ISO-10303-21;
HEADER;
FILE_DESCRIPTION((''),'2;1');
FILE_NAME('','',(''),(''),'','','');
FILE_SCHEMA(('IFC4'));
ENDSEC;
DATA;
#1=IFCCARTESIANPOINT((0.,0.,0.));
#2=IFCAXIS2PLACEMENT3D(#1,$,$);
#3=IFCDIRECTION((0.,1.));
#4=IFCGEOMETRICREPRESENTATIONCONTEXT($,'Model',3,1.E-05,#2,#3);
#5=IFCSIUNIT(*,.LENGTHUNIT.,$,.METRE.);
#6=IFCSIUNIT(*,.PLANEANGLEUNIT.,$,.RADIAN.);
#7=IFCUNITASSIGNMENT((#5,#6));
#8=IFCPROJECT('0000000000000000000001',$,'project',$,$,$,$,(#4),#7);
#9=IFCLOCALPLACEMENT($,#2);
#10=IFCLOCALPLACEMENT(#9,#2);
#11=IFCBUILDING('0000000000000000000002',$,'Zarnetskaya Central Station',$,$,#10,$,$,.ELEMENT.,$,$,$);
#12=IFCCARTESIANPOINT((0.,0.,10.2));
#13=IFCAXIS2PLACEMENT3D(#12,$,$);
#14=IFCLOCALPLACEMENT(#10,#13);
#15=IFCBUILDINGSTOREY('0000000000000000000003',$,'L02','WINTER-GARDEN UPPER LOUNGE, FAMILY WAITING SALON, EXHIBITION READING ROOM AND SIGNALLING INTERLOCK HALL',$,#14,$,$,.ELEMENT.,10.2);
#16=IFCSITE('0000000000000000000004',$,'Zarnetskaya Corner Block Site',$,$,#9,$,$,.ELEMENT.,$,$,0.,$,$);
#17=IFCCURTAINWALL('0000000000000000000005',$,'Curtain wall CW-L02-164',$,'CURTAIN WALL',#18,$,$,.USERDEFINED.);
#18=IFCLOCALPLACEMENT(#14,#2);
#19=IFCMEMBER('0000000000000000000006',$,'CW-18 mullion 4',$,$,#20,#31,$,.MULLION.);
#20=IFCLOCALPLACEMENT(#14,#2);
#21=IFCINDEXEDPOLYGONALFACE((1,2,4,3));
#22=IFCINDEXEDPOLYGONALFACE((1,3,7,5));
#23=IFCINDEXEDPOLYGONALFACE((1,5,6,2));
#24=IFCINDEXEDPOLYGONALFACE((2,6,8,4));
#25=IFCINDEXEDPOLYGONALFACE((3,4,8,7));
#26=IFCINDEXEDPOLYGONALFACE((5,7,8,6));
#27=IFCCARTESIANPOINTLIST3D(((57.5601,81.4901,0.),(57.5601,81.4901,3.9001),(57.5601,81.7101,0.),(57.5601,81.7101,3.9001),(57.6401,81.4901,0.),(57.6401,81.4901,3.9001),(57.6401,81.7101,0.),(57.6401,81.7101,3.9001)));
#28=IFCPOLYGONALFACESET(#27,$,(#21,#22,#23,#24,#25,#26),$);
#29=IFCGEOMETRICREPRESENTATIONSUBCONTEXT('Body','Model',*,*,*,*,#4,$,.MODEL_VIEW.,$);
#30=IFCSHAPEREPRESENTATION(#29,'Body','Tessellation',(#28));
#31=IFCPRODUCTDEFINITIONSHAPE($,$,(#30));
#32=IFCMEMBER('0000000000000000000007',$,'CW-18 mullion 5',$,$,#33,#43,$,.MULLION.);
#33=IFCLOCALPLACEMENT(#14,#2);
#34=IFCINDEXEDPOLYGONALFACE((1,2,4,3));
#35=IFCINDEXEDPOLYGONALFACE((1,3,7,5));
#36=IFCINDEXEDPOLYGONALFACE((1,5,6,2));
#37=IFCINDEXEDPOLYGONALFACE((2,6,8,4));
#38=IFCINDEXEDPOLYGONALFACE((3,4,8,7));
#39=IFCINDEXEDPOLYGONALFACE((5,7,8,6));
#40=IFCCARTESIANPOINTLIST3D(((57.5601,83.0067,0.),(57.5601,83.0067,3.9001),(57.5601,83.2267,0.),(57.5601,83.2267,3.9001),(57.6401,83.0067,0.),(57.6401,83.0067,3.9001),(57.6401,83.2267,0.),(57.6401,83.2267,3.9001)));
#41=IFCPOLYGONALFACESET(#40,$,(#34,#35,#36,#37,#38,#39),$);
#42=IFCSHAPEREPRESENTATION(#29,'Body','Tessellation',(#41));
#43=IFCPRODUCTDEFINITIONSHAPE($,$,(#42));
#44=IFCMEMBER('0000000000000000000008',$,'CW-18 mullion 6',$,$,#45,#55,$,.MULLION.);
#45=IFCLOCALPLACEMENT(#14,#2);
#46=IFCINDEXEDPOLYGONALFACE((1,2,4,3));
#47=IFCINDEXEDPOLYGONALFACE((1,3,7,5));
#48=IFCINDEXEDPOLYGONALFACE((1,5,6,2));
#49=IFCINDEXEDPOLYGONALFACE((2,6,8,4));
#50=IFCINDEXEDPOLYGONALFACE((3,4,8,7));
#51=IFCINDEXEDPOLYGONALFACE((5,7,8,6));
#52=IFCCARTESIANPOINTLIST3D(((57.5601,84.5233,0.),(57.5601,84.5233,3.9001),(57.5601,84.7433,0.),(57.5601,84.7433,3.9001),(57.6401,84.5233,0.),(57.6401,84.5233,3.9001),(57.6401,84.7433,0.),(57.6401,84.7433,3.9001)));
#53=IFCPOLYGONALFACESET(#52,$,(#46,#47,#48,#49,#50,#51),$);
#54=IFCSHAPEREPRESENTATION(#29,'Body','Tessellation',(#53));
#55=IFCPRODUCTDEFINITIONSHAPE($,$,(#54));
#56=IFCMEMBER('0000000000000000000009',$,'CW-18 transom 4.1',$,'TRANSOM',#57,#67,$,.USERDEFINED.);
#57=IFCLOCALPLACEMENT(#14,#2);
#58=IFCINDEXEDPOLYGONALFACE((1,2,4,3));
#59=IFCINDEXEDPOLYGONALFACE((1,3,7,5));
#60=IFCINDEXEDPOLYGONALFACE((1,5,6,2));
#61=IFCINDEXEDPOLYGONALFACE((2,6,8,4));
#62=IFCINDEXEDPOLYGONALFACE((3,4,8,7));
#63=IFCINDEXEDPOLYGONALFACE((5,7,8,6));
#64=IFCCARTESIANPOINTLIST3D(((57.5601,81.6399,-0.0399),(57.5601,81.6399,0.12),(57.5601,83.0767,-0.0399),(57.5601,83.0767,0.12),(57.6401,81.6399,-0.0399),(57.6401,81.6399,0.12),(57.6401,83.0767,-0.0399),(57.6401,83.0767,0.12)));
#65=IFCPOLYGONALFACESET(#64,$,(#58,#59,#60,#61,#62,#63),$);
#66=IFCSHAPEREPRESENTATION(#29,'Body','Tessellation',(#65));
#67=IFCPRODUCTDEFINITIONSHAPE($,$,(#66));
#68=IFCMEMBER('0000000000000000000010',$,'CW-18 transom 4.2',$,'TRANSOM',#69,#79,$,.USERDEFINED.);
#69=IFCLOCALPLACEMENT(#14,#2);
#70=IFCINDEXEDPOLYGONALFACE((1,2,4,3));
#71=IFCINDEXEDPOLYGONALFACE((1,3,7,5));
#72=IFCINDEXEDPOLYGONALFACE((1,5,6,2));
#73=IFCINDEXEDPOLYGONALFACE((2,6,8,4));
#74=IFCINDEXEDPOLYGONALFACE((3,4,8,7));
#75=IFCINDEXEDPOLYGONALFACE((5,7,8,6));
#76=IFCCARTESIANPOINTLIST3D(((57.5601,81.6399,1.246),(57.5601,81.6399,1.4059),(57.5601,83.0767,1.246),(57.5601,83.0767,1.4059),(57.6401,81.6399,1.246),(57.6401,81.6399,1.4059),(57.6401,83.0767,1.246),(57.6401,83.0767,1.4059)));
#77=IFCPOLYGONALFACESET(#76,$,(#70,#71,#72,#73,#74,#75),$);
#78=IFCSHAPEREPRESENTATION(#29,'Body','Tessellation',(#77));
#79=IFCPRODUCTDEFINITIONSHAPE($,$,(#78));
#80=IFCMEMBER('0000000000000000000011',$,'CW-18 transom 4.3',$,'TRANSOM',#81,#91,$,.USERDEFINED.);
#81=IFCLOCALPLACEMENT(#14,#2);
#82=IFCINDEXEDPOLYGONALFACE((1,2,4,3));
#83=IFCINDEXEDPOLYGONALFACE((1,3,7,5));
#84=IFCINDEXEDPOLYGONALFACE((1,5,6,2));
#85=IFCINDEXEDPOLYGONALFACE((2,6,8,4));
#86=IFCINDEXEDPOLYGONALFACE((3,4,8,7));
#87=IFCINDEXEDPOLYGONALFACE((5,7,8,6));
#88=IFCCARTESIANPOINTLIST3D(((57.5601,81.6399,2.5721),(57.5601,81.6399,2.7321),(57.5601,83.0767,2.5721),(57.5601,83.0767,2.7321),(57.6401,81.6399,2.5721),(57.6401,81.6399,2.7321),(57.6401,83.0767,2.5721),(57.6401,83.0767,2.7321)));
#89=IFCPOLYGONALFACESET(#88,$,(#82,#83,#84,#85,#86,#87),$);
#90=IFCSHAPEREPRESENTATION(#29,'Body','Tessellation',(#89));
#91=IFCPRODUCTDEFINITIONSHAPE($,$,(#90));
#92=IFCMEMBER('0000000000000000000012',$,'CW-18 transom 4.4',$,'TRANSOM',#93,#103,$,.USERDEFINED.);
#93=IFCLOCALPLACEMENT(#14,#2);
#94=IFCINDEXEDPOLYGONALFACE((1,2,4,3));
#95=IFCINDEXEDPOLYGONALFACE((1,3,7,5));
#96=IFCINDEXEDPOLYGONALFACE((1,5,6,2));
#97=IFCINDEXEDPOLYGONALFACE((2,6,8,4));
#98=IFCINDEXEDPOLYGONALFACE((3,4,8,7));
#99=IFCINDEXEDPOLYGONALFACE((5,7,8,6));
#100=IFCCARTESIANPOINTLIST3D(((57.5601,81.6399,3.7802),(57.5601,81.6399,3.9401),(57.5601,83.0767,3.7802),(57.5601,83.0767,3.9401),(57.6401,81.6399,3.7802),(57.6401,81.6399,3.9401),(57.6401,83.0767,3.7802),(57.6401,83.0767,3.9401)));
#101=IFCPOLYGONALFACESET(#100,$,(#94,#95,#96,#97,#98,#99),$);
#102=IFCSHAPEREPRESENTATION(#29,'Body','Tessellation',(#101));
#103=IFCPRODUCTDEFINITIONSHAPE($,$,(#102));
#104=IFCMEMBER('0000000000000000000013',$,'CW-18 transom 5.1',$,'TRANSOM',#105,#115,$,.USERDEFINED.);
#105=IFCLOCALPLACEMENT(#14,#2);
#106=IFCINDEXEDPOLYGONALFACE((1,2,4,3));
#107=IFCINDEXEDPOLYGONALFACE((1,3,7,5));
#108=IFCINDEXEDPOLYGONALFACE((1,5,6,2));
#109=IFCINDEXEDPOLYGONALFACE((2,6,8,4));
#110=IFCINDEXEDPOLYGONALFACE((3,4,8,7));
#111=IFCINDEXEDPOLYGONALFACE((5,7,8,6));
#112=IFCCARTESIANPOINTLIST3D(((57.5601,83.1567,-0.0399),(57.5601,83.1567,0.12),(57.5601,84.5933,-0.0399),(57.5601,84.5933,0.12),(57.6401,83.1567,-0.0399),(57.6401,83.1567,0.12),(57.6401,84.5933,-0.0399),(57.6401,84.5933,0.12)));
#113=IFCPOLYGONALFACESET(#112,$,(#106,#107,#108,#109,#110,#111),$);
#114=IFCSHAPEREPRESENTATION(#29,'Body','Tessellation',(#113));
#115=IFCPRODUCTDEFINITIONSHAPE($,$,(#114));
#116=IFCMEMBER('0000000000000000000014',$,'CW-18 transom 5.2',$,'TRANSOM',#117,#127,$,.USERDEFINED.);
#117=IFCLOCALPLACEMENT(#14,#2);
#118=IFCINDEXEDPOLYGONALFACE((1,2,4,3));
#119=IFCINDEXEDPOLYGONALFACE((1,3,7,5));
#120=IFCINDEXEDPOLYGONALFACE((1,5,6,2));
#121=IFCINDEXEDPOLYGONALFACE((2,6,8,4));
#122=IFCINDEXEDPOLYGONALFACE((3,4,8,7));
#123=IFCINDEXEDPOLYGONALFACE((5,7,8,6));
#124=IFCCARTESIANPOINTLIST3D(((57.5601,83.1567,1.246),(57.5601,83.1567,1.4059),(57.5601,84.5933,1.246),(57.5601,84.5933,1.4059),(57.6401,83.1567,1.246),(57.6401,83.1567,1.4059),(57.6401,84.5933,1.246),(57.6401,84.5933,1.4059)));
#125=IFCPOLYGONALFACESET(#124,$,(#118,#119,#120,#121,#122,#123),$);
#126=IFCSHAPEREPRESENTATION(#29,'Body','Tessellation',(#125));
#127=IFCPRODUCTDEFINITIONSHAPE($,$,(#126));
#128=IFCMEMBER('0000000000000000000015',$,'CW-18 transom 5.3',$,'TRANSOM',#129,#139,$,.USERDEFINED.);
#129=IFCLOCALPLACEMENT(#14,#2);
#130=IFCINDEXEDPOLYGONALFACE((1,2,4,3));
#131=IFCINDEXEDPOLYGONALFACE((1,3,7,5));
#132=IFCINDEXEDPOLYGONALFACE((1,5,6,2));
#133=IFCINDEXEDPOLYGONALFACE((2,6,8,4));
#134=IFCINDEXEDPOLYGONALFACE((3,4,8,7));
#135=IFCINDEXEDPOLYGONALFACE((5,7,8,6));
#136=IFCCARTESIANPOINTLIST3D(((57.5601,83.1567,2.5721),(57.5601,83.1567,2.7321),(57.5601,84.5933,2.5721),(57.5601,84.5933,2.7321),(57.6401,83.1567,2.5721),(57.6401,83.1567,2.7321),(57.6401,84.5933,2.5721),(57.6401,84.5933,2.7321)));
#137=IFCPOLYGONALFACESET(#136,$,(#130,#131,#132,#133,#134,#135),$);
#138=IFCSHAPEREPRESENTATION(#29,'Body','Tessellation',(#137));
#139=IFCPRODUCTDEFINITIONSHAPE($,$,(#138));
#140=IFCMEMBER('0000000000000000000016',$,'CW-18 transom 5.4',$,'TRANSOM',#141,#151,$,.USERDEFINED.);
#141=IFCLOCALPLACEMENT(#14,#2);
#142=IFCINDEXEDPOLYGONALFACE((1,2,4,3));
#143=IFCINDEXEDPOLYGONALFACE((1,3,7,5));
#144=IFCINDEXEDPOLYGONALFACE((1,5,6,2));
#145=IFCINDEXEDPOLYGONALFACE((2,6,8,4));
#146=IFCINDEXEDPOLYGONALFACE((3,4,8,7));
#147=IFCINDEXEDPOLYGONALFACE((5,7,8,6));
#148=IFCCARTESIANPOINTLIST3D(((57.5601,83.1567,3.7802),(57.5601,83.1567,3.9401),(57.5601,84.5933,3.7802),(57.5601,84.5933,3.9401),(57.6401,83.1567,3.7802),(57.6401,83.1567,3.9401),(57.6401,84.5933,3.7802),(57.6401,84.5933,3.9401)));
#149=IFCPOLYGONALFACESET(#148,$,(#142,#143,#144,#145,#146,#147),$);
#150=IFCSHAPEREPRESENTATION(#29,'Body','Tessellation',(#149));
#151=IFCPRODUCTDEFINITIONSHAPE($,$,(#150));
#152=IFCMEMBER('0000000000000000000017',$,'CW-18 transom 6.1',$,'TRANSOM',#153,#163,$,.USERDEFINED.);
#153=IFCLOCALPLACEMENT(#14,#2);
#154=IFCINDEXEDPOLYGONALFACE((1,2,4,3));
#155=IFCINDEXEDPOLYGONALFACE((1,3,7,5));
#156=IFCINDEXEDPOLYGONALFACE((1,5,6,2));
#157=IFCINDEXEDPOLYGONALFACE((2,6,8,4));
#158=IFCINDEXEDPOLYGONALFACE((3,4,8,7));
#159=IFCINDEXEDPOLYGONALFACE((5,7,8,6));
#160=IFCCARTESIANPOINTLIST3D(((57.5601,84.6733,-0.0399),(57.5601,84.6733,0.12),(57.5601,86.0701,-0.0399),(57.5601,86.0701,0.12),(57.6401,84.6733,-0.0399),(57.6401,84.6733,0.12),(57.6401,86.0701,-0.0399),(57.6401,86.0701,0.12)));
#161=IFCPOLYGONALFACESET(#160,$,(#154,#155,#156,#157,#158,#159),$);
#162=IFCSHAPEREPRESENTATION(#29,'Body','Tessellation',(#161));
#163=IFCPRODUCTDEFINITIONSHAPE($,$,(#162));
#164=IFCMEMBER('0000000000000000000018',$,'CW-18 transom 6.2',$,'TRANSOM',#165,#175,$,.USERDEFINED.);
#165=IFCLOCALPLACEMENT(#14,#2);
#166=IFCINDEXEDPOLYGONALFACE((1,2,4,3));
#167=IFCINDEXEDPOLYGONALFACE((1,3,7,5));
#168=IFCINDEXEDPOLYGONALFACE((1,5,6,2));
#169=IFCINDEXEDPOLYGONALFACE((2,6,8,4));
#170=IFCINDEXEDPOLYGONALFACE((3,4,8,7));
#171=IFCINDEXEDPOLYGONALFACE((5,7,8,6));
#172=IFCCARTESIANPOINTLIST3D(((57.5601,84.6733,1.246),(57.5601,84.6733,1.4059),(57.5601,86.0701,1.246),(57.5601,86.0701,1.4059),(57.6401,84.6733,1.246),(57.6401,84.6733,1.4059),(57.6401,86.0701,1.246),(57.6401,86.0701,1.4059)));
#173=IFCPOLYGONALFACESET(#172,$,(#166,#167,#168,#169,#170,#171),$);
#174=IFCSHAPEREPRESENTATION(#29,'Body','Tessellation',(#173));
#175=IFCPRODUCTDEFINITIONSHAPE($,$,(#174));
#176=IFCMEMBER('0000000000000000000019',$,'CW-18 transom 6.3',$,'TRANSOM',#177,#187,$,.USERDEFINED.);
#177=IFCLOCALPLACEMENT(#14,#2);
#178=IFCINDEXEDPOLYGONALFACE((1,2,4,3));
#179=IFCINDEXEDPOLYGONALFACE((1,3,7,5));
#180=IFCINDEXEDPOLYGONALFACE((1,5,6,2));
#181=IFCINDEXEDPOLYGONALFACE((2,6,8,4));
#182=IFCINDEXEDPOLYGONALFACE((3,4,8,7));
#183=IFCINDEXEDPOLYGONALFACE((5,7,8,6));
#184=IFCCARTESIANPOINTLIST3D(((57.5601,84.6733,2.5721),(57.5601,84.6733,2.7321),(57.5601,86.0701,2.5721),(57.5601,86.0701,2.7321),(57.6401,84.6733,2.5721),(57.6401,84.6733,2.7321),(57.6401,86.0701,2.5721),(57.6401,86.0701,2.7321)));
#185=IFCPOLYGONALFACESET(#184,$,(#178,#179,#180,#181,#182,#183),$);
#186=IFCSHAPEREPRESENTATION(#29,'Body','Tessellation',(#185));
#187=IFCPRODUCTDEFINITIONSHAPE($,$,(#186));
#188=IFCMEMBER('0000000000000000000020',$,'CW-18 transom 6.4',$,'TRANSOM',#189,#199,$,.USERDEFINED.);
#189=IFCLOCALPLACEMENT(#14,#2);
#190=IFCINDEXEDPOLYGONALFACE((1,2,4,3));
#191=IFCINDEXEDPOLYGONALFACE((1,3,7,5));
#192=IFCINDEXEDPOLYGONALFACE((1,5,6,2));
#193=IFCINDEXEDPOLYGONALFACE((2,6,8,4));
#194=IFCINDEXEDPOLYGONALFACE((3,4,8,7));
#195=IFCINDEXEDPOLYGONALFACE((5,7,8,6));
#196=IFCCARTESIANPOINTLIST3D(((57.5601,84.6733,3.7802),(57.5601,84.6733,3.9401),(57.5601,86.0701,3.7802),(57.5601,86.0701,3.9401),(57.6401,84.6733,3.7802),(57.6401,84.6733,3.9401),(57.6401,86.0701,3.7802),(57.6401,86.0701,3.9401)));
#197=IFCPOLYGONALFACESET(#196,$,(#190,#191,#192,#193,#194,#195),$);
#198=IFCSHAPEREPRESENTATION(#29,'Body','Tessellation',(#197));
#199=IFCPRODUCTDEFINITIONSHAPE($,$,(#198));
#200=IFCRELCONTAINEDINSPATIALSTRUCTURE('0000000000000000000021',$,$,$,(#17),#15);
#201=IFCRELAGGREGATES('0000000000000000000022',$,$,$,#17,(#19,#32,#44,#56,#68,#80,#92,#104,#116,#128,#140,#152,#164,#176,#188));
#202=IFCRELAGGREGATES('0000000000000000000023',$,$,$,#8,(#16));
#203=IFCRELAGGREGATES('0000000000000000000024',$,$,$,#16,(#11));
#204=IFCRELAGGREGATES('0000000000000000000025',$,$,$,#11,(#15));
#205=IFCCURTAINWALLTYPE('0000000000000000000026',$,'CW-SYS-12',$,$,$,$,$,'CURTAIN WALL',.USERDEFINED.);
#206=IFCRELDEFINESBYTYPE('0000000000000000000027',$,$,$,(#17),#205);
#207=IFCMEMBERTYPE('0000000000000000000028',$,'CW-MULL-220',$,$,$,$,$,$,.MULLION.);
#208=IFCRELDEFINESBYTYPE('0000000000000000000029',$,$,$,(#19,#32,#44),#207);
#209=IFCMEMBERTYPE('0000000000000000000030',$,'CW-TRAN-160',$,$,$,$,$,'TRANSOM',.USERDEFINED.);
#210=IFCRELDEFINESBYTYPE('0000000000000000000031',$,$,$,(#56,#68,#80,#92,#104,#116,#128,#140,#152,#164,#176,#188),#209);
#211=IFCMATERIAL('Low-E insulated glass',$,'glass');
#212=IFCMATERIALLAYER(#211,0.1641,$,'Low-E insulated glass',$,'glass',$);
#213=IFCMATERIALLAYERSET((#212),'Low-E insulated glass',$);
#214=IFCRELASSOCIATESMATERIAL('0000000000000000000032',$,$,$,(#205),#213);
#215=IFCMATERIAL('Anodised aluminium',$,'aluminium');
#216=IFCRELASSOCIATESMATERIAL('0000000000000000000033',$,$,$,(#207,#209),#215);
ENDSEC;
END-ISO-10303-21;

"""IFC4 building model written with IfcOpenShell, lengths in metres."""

from ifc_helpers import new_model, si_unit, direction, frame, origin, origin_2d, place, context, subcontext, project, spatial, rectangle, extrude, material, layer, layer_set, material_profile, profile_set, type_object, element, aggregate, save


model = new_model("IFC4")

# Units and contexts
model_context = context("Model", 3, precision=1e-05, world=origin(), true_north=direction((0.0, 1.0)))
body_context = subcontext(model_context, "Body", "Model", "MODEL_VIEW")
ifc_project = project(units=[si_unit("LENGTHUNIT", "METRE"), si_unit("PLANEANGLEUNIT", "RADIAN")], contexts=[model_context])

# Site, building, storey
site_placement = place(None, origin())
site = spatial("IfcSite", under=ifc_project, at=site_placement, Name="Zarnetskaya Corner Block Site", CompositionType="ELEMENT", RefElevation=0.0)
building_placement = place(site_placement, origin())
building = spatial("IfcBuilding", under=site, at=building_placement, Name="Zarnetskaya Central Station", CompositionType="ELEMENT")
storey_placement = place(building_placement, frame((0.0, 0.0, 10.2)))
storey = spatial("IfcBuildingStorey", under=building, at=storey_placement, Name="L02", Description="WINTER-GARDEN UPPER LOUNGE, FAMILY WAITING SALON, EXHIBITION READING ROOM AND SIGNALLING INTERLOCK HALL", CompositionType="ELEMENT", Elevation=10.2)

# Curtain wall, members
ifc_material_1 = material(Name="Low-E insulated glass", Category="glass")
ifc_layer_1 = layer(ifc_material_1, 0.1641, Name="Low-E insulated glass", Category="glass")
ifc_layer_set_1 = layer_set([ifc_layer_1], Name="Low-E insulated glass")
curtain_wall_type = type_object("IfcCurtainWallType", Name="CW-SYS-12", ElementType="CURTAIN WALL", PredefinedType="USERDEFINED", material=ifc_layer_set_1)
curtain_wall_placement = place(storey_placement, origin())
curtain_wall = element("IfcCurtainWall", 1, at=curtain_wall_placement, inside=storey, type_object=curtain_wall_type, Name="Curtain wall CW-L02-164", ObjectType="CURTAIN WALL", PredefinedType="USERDEFINED")
ifc_material_2 = material(Name="Anodised aluminium", Category="aluminium")
ifc_material_profile_1 = material_profile(ifc_material_2, rectangle(XDim=0.0801, YDim=0.22, at=origin_2d()), Name="ALU MULL 80x220")
ifc_profile_set_1 = profile_set([ifc_material_profile_1], Name="Anodised aluminium")
member_type_1 = type_object("IfcMemberType", Name="CW-MULL-220", PredefinedType="MULLION", material=ifc_profile_set_1)
member_1_placement = place(storey_placement, frame((57.6001, 81.6001, 0.0), z_axis=(0.0, 0.0, 1.0), x_axis=(-1.0, 0.0, 0.0)))
member_1 = element("IfcMember", 2, at=member_1_placement, type_object=member_type_1, Name="CW-18 mullion 4", PredefinedType="MULLION", context=body_context, shape_type="SweptSolid", body=[
    extrude(rectangle(XDim=0.0801, YDim=0.22, at=origin_2d()), origin(), (0.0, 0.0, 1.0), 3.9001),
])
member_2_placement = place(storey_placement, frame((57.6001, 83.1167, 0.0), z_axis=(0.0, 0.0, 1.0), x_axis=(-1.0, 0.0, 0.0)))
member_2 = element("IfcMember", 3, at=member_2_placement, type_object=member_type_1, Name="CW-18 mullion 5", PredefinedType="MULLION", context=body_context, shape_type="SweptSolid", body=[
    extrude(rectangle(XDim=0.0801, YDim=0.22, at=origin_2d()), origin(), (0.0, 0.0, 1.0), 3.9001),
])
member_3_placement = place(storey_placement, frame((57.6001, 84.6333, 0.0), z_axis=(0.0, 0.0, 1.0), x_axis=(-1.0, 0.0, 0.0)))
member_3 = element("IfcMember", 4, at=member_3_placement, type_object=member_type_1, Name="CW-18 mullion 6", PredefinedType="MULLION", context=body_context, shape_type="SweptSolid", body=[
    extrude(rectangle(XDim=0.0801, YDim=0.22, at=origin_2d()), origin(), (0.0, 0.0, 1.0), 3.9001),
])
ifc_material_profile_2 = material_profile(ifc_material_2, rectangle(XDim=0.0801, YDim=0.1599, at=origin_2d()), Name="ALU TRAN 80x160")
ifc_profile_set_2 = profile_set([ifc_material_profile_2], Name="Anodised aluminium")
member_type_2 = type_object("IfcMemberType", Name="CW-TRAN-160", ElementType="TRANSOM", PredefinedType="USERDEFINED", material=ifc_profile_set_2)
member_4_placement = place(storey_placement, frame((57.6001, 81.6399, 0.04), z_axis=(0.0, 1.0, 0.0), x_axis=(-1.0, 0.0, 0.0)))
member_4 = element("IfcMember", 5, at=member_4_placement, type_object=member_type_2, Name="CW-18 transom 4.1", ObjectType="TRANSOM", PredefinedType="USERDEFINED", context=body_context, shape_type="SweptSolid", body=[
    extrude(rectangle(XDim=0.0801, YDim=0.1599, at=origin_2d()), origin(), (0.0, 0.0, 1.0), 1.4368),
])
member_5_placement = place(storey_placement, frame((57.6001, 81.6399, 1.3259), z_axis=(0.0, 1.0, 0.0), x_axis=(-1.0, 0.0, 0.0)))
member_5 = element("IfcMember", 6, at=member_5_placement, type_object=member_type_2, Name="CW-18 transom 4.2", ObjectType="TRANSOM", PredefinedType="USERDEFINED", context=body_context, shape_type="SweptSolid", body=[
    extrude(rectangle(XDim=0.0801, YDim=0.1599, at=origin_2d()), origin(), (0.0, 0.0, 1.0), 1.4368),
])
member_6_placement = place(storey_placement, frame((57.6001, 81.6399, 2.6521), z_axis=(0.0, 1.0, 0.0), x_axis=(-1.0, 0.0, 0.0)))
member_6 = element("IfcMember", 7, at=member_6_placement, type_object=member_type_2, Name="CW-18 transom 4.3", ObjectType="TRANSOM", PredefinedType="USERDEFINED", context=body_context, shape_type="SweptSolid", body=[
    extrude(rectangle(XDim=0.0801, YDim=0.1599, at=origin_2d()), origin(), (0.0, 0.0, 1.0), 1.4368),
])
member_7_placement = place(storey_placement, frame((57.6001, 81.6399, 3.8601), z_axis=(0.0, 1.0, 0.0), x_axis=(-1.0, 0.0, 0.0)))
member_7 = element("IfcMember", 8, at=member_7_placement, type_object=member_type_2, Name="CW-18 transom 4.4", ObjectType="TRANSOM", PredefinedType="USERDEFINED", context=body_context, shape_type="SweptSolid", body=[
    extrude(rectangle(XDim=0.0801, YDim=0.1599, at=origin_2d()), origin(), (0.0, 0.0, 1.0), 1.4368),
])
member_8_placement = place(storey_placement, frame((57.6001, 83.1567, 0.04), z_axis=(0.0, 1.0, 0.0), x_axis=(-1.0, 0.0, 0.0)))
member_8 = element("IfcMember", 9, at=member_8_placement, type_object=member_type_2, Name="CW-18 transom 5.1", ObjectType="TRANSOM", PredefinedType="USERDEFINED", context=body_context, shape_type="SweptSolid", body=[
    extrude(rectangle(XDim=0.0801, YDim=0.1599, at=origin_2d()), origin(), (0.0, 0.0, 1.0), 1.4365),
])
member_9_placement = place(storey_placement, frame((57.6001, 83.1567, 1.3259), z_axis=(0.0, 1.0, 0.0), x_axis=(-1.0, 0.0, 0.0)))
member_9 = element("IfcMember", 10, at=member_9_placement, type_object=member_type_2, Name="CW-18 transom 5.2", ObjectType="TRANSOM", PredefinedType="USERDEFINED", context=body_context, shape_type="SweptSolid", body=[
    extrude(rectangle(XDim=0.0801, YDim=0.1599, at=origin_2d()), origin(), (0.0, 0.0, 1.0), 1.4365),
])
member_10_placement = place(storey_placement, frame((57.6001, 83.1567, 2.6521), z_axis=(0.0, 1.0, 0.0), x_axis=(-1.0, 0.0, 0.0)))
member_10 = element("IfcMember", 11, at=member_10_placement, type_object=member_type_2, Name="CW-18 transom 5.3", ObjectType="TRANSOM", PredefinedType="USERDEFINED", context=body_context, shape_type="SweptSolid", body=[
    extrude(rectangle(XDim=0.0801, YDim=0.1599, at=origin_2d()), origin(), (0.0, 0.0, 1.0), 1.4365),
])
member_11_placement = place(storey_placement, frame((57.6001, 83.1567, 3.8601), z_axis=(0.0, 1.0, 0.0), x_axis=(-1.0, 0.0, 0.0)))
member_11 = element("IfcMember", 12, at=member_11_placement, type_object=member_type_2, Name="CW-18 transom 5.4", ObjectType="TRANSOM", PredefinedType="USERDEFINED", context=body_context, shape_type="SweptSolid", body=[
    extrude(rectangle(XDim=0.0801, YDim=0.1599, at=origin_2d()), origin(), (0.0, 0.0, 1.0), 1.4365),
])
member_12_placement = place(storey_placement, frame((57.6001, 84.6733, 0.04), z_axis=(0.0, 1.0, 0.0), x_axis=(-1.0, 0.0, 0.0)))
member_12 = element("IfcMember", 13, at=member_12_placement, type_object=member_type_2, Name="CW-18 transom 6.1", ObjectType="TRANSOM", PredefinedType="USERDEFINED", context=body_context, shape_type="SweptSolid", body=[
    extrude(rectangle(XDim=0.0801, YDim=0.1599, at=origin_2d()), origin(), (0.0, 0.0, 1.0), 1.3967),
])
member_13_placement = place(storey_placement, frame((57.6001, 84.6733, 1.3259), z_axis=(0.0, 1.0, 0.0), x_axis=(-1.0, 0.0, 0.0)))
member_13 = element("IfcMember", 14, at=member_13_placement, type_object=member_type_2, Name="CW-18 transom 6.2", ObjectType="TRANSOM", PredefinedType="USERDEFINED", context=body_context, shape_type="SweptSolid", body=[
    extrude(rectangle(XDim=0.0801, YDim=0.1599, at=origin_2d()), origin(), (0.0, 0.0, 1.0), 1.3967),
])
member_14_placement = place(storey_placement, frame((57.6001, 84.6733, 2.6521), z_axis=(0.0, 1.0, 0.0), x_axis=(-1.0, 0.0, 0.0)))
member_14 = element("IfcMember", 15, at=member_14_placement, type_object=member_type_2, Name="CW-18 transom 6.3", ObjectType="TRANSOM", PredefinedType="USERDEFINED", context=body_context, shape_type="SweptSolid", body=[
    extrude(rectangle(XDim=0.0801, YDim=0.1599, at=origin_2d()), origin(), (0.0, 0.0, 1.0), 1.3967),
])
member_15_placement = place(storey_placement, frame((57.6001, 84.6733, 3.8601), z_axis=(0.0, 1.0, 0.0), x_axis=(-1.0, 0.0, 0.0)))
member_15 = element("IfcMember", 16, at=member_15_placement, type_object=member_type_2, Name="CW-18 transom 6.4", ObjectType="TRANSOM", PredefinedType="USERDEFINED", context=body_context, shape_type="SweptSolid", body=[
    extrude(rectangle(XDim=0.0801, YDim=0.1599, at=origin_2d()), origin(), (0.0, 0.0, 1.0), 1.3967),
])
aggregate(curtain_wall, [member_1, member_2, member_3, member_4, member_5, member_6, member_7, member_8, member_9, member_10, member_11, member_12, member_13, member_14, member_15])

save(model, "model.ifc")
